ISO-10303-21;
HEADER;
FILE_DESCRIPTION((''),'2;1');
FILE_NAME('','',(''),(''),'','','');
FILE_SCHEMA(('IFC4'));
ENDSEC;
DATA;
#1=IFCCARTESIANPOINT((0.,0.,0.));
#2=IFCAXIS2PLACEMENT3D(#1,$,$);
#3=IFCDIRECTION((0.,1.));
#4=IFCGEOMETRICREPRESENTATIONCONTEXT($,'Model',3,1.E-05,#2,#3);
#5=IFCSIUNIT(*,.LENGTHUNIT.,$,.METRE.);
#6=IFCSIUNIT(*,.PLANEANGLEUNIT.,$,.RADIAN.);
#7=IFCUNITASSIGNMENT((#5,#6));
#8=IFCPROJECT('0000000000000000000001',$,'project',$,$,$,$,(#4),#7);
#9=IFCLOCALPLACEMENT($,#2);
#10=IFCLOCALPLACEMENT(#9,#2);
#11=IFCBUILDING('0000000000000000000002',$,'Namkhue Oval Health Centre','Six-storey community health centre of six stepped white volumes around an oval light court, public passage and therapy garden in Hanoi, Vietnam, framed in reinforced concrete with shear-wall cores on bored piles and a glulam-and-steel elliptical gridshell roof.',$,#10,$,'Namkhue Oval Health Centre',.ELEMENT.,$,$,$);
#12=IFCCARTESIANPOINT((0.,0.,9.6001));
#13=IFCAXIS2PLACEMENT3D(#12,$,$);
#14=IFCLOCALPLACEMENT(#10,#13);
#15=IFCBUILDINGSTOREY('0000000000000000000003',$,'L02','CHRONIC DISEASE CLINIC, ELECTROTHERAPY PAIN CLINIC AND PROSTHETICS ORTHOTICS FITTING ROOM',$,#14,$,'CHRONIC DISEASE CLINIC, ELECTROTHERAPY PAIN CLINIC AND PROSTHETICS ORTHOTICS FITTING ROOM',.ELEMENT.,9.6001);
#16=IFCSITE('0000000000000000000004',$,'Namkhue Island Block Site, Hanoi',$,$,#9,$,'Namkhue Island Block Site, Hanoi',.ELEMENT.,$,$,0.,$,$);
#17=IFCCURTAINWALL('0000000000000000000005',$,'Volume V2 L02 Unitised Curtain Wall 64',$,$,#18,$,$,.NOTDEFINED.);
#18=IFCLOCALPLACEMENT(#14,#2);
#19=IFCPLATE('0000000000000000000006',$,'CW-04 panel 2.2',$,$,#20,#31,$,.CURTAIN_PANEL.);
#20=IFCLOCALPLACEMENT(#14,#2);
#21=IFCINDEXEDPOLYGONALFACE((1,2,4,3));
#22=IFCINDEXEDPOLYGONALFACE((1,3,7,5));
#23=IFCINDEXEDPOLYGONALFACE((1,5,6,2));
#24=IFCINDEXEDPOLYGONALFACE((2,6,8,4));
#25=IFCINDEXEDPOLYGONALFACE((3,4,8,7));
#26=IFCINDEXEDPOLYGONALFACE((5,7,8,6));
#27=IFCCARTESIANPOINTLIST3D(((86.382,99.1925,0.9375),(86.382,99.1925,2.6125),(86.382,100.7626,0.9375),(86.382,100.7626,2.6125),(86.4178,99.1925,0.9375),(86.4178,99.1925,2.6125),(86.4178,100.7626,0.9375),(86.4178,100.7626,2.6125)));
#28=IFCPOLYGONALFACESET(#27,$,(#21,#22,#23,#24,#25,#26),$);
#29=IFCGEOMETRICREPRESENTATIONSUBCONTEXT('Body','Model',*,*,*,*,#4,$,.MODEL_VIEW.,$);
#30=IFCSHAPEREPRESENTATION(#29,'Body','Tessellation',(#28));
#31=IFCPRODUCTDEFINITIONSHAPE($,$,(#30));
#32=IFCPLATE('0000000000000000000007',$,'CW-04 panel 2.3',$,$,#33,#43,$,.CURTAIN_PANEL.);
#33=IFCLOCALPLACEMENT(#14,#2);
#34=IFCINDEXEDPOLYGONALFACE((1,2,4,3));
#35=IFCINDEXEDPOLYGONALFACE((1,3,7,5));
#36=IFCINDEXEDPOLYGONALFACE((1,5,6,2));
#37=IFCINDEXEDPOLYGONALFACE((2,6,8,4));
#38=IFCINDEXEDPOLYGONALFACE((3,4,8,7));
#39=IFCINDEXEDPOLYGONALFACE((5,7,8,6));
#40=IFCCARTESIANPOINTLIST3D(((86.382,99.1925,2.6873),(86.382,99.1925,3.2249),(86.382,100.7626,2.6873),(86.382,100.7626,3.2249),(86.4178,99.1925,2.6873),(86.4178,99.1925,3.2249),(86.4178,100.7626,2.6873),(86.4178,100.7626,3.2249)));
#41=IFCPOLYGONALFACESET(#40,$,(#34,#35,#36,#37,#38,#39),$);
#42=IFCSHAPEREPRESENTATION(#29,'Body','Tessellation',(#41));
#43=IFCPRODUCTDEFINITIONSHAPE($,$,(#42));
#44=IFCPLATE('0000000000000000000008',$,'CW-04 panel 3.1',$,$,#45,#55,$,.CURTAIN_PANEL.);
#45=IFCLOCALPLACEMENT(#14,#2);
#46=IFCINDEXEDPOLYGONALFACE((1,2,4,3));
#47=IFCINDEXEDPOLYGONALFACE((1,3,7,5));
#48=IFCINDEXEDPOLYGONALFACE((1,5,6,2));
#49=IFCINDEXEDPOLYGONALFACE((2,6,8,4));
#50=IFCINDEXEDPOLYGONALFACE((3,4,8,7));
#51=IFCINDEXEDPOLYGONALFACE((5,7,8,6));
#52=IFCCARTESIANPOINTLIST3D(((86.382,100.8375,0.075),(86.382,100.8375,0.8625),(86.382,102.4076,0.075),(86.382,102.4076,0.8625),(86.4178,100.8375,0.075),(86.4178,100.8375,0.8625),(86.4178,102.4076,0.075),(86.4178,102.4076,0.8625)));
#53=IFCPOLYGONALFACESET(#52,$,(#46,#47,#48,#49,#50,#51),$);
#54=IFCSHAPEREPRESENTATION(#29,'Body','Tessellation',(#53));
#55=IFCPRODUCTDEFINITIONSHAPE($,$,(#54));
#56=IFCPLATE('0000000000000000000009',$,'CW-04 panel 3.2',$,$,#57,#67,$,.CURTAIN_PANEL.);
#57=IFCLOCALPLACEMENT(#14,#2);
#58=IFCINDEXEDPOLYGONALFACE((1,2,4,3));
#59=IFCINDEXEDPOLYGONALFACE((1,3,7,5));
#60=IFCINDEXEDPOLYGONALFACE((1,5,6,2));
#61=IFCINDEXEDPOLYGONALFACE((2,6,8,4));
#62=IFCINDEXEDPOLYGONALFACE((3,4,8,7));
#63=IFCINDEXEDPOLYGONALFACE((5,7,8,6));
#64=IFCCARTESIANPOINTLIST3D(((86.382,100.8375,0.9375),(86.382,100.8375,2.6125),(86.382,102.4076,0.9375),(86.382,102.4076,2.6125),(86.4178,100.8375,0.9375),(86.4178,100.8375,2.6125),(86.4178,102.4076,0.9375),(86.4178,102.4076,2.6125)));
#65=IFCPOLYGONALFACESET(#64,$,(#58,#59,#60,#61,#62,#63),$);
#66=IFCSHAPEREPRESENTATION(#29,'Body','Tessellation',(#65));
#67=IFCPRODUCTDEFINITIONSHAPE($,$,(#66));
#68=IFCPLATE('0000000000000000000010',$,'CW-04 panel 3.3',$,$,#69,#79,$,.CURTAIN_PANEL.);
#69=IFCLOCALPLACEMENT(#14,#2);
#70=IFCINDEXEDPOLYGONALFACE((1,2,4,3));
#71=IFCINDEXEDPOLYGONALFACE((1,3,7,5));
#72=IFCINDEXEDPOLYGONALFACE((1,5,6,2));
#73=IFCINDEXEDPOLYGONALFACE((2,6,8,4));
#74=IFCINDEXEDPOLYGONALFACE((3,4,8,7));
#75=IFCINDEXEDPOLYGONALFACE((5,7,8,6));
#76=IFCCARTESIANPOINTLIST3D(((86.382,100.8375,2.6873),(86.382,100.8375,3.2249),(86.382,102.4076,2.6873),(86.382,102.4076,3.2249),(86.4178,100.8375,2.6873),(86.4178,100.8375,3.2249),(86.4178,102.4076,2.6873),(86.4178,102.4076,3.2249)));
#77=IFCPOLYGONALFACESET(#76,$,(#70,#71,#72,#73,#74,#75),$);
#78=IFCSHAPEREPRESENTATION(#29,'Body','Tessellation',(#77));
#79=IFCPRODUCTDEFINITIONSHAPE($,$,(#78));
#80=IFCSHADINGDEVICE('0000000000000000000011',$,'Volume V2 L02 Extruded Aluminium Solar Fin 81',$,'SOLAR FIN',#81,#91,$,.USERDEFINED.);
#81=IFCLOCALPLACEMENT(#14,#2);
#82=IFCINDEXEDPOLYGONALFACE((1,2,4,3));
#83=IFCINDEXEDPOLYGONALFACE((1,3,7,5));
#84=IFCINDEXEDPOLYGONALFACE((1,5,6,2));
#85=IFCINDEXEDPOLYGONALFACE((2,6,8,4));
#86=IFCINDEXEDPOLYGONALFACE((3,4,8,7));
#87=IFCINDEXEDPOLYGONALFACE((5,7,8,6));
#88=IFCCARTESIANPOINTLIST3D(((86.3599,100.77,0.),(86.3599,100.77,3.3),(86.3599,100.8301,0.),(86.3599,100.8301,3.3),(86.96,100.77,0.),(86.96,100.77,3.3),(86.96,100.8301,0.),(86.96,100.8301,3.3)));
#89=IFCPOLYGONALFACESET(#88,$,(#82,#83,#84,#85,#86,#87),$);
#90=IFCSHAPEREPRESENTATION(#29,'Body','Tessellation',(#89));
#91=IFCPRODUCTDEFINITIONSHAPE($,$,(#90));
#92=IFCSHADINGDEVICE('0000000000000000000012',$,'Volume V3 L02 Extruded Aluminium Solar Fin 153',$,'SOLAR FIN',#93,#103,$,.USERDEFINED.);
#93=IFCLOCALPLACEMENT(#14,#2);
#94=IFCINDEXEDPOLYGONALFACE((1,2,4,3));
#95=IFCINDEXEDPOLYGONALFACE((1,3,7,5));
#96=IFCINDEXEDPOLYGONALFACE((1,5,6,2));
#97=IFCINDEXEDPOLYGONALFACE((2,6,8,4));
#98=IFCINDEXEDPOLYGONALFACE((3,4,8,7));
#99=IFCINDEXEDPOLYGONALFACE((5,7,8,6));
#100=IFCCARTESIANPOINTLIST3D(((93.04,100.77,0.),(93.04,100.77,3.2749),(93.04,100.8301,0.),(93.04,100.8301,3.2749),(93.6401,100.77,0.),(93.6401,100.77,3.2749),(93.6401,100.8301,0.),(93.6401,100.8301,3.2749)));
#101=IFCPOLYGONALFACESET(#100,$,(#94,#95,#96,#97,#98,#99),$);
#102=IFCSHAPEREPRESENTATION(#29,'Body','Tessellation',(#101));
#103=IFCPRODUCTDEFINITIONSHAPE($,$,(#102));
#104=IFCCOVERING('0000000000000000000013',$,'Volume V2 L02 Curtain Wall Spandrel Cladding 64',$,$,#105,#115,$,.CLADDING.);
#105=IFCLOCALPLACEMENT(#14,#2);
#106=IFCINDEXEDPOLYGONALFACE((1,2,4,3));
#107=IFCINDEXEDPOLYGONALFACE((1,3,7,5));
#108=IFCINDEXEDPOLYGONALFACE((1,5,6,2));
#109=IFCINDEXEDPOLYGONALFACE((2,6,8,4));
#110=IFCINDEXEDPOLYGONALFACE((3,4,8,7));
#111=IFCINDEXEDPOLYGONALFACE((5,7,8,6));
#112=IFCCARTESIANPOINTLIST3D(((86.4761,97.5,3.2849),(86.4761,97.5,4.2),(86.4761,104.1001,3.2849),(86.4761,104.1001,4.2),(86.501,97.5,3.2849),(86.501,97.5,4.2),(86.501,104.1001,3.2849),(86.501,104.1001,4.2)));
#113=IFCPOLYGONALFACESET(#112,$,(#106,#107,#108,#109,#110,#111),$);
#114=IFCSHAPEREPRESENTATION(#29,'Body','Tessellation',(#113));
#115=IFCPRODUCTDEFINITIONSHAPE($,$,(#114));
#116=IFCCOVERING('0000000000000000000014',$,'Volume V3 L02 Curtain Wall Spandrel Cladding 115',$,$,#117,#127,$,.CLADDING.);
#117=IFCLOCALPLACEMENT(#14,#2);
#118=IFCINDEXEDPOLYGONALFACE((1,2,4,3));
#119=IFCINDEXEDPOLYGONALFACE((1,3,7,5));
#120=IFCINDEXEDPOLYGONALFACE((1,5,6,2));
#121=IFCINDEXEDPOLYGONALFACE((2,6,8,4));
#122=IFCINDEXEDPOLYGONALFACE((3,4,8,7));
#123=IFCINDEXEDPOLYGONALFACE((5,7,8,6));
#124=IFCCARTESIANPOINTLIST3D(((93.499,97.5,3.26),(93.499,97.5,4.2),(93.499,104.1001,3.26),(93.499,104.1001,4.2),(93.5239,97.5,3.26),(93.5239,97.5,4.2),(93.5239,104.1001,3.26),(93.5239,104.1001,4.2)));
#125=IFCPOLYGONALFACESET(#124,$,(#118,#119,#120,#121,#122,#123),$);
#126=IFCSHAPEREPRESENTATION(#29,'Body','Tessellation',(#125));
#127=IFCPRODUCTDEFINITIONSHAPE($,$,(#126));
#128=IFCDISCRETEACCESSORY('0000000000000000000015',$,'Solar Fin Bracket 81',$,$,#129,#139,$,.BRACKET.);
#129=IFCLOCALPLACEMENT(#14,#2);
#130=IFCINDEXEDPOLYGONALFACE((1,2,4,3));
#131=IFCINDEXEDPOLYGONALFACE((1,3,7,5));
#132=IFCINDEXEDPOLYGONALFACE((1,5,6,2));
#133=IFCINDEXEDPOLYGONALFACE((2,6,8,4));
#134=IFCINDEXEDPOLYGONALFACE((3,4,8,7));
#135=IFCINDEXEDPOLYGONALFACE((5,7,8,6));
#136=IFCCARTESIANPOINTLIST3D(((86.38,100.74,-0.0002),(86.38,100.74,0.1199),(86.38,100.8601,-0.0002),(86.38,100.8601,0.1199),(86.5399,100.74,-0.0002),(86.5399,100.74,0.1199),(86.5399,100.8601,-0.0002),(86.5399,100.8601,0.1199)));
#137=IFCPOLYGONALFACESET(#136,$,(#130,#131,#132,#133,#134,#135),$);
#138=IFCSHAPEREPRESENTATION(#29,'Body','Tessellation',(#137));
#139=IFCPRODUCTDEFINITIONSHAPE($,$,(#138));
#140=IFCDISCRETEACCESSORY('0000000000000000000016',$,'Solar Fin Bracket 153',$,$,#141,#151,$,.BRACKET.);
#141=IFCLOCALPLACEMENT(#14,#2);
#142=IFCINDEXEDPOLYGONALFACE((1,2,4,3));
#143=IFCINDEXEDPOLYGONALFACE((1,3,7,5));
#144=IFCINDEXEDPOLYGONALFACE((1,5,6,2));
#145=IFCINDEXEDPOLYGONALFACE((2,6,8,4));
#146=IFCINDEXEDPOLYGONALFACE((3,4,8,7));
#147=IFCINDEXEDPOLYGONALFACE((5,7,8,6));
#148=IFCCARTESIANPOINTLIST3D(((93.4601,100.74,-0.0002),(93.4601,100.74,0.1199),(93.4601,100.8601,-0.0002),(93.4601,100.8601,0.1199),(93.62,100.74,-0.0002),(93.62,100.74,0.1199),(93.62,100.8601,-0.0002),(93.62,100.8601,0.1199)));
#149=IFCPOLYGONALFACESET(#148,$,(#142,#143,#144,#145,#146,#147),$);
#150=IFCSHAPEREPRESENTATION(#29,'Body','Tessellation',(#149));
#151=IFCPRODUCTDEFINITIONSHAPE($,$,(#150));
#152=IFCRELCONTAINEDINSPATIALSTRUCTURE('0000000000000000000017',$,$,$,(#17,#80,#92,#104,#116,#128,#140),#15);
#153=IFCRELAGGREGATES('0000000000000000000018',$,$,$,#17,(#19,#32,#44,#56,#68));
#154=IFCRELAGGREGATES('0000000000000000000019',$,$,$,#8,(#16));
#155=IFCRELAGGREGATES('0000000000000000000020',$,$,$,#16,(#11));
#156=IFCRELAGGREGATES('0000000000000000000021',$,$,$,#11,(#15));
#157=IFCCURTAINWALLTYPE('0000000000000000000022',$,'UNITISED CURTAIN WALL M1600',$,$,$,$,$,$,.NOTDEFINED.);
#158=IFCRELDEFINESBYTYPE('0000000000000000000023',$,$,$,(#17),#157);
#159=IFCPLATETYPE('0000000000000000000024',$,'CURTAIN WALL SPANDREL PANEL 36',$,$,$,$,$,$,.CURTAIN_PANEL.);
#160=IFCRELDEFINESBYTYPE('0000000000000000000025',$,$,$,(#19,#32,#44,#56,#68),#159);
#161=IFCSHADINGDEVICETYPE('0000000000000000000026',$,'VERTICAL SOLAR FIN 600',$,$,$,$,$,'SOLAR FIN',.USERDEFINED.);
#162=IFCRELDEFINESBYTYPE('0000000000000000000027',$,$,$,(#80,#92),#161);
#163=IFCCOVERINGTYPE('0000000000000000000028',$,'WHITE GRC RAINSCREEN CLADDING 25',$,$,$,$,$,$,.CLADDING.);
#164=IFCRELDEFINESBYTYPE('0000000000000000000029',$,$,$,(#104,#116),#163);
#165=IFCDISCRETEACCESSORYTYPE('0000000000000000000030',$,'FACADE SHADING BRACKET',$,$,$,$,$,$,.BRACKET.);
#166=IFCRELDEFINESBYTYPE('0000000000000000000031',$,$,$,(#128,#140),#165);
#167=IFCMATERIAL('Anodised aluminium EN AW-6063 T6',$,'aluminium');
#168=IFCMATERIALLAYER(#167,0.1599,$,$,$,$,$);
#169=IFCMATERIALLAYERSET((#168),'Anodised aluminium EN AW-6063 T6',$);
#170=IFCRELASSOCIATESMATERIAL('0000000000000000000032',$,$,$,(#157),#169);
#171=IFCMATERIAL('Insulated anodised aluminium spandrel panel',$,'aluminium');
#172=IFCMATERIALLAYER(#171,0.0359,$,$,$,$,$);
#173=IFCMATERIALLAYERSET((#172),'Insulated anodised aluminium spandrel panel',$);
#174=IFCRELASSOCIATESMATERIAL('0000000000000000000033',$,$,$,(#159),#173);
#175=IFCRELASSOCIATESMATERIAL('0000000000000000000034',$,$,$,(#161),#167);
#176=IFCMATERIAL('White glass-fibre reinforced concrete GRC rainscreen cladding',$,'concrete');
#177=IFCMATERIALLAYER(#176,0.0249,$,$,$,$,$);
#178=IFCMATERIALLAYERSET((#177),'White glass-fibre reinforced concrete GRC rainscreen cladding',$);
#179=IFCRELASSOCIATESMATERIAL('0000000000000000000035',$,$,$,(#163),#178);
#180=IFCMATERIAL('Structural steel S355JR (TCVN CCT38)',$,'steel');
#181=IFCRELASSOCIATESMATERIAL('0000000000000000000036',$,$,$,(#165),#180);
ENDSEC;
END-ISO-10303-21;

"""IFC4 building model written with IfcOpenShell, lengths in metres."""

from ifc_helpers import new_model, si_unit, direction, frame, origin, origin_2d, place, context, subcontext, project, spatial, rectangle, extrude, material, layer, layer_set, type_object, element, aggregate, save


model = new_model("IFC4")

# Units and contexts
model_context = context("Model", 3, precision=1e-05, world=origin(), true_north=direction((0.0, 1.0)))
body_context = subcontext(model_context, "Body", "Model", "MODEL_VIEW")
ifc_project = project(units=[si_unit("LENGTHUNIT", "METRE"), si_unit("PLANEANGLEUNIT", "RADIAN")], contexts=[model_context])

# Site, building, storey
site_placement = place(None, origin())
site = spatial("IfcSite", under=ifc_project, at=site_placement, Name="Namkhue Island Block Site, Hanoi", LongName="Namkhue Island Block Site, Hanoi", CompositionType="ELEMENT", RefElevation=0.0)
building_placement = place(site_placement, origin())
building = spatial("IfcBuilding", under=site, at=building_placement, Name="Namkhue Oval Health Centre", Description="Six-storey community health centre of six stepped white volumes around an oval light court, public passage and therapy garden in Hanoi, Vietnam, framed in reinforced concrete with shear-wall cores on bored piles and a glulam-and-steel elliptical gridshell roof.", LongName="Namkhue Oval Health Centre", CompositionType="ELEMENT")
storey_placement = place(building_placement, frame((0.0, 0.0, 9.6001)))
storey = spatial("IfcBuildingStorey", under=building, at=storey_placement, Name="L02", Description="CHRONIC DISEASE CLINIC, ELECTROTHERAPY PAIN CLINIC AND PROSTHETICS ORTHOTICS FITTING ROOM", LongName="CHRONIC DISEASE CLINIC, ELECTROTHERAPY PAIN CLINIC AND PROSTHETICS ORTHOTICS FITTING ROOM", CompositionType="ELEMENT", Elevation=9.6001)

# Curtain wall
ifc_material_1 = material(Name="Anodised aluminium EN AW-6063 T6", Category="aluminium")
ifc_layer_1 = layer(ifc_material_1, 0.1599)
ifc_layer_set_1 = layer_set([ifc_layer_1], Name="Anodised aluminium EN AW-6063 T6")
curtain_wall_type = type_object("IfcCurtainWallType", Name="UNITISED CURTAIN WALL M1600", PredefinedType="NOTDEFINED", material=ifc_layer_set_1)
curtain_wall_placement = place(storey_placement, origin())
curtain_wall = element("IfcCurtainWall", 1, at=curtain_wall_placement, inside=storey, type_object=curtain_wall_type, Name="Volume V2 L02 Unitised Curtain Wall 64", PredefinedType="NOTDEFINED")

# Plates
ifc_material_2 = material(Name="Insulated anodised aluminium spandrel panel", Category="aluminium")
ifc_layer_2 = layer(ifc_material_2, 0.0359)
ifc_layer_set_2 = layer_set([ifc_layer_2], Name="Insulated anodised aluminium spandrel panel")
plate_type = type_object("IfcPlateType", Name="CURTAIN WALL SPANDREL PANEL 36", PredefinedType="CURTAIN_PANEL", material=ifc_layer_set_2)
plate_1_placement = place(storey_placement, frame((86.3999, 99.9775, 0.9375), z_axis=(0.0, 0.0, 1.0), x_axis=(0.0, 1.0, 0.0)))
plate_1 = element("IfcPlate", 2, at=plate_1_placement, type_object=plate_type, Name="CW-04 panel 2.2", PredefinedType="CURTAIN_PANEL", context=body_context, shape_type="SweptSolid", body=[
    extrude(rectangle(XDim=1.5701, YDim=0.0359, at=origin_2d()), origin(), (0.0, 0.0, 1.0), 1.675),
])
plate_2_placement = place(storey_placement, frame((86.3999, 99.9775, 2.6873), z_axis=(0.0, 0.0, 1.0), x_axis=(0.0, 1.0, 0.0)))
plate_2 = element("IfcPlate", 3, at=plate_2_placement, type_object=plate_type, Name="CW-04 panel 2.3", PredefinedType="CURTAIN_PANEL", context=body_context, shape_type="SweptSolid", body=[
    extrude(rectangle(XDim=1.5701, YDim=0.0359, at=origin_2d()), origin(), (0.0, 0.0, 1.0), 0.5376),
])
plate_3_placement = place(storey_placement, frame((86.3999, 101.6226, 0.075), z_axis=(0.0, 0.0, 1.0), x_axis=(0.0, 1.0, 0.0)))
plate_3 = element("IfcPlate", 4, at=plate_3_placement, type_object=plate_type, Name="CW-04 panel 3.1", PredefinedType="CURTAIN_PANEL", context=body_context, shape_type="SweptSolid", body=[
    extrude(rectangle(XDim=1.5701, YDim=0.0359, at=origin_2d()), origin(), (0.0, 0.0, 1.0), 0.7876),
])
plate_4_placement = place(storey_placement, frame((86.3999, 101.6226, 0.9375), z_axis=(0.0, 0.0, 1.0), x_axis=(0.0, 1.0, 0.0)))
plate_4 = element("IfcPlate", 5, at=plate_4_placement, type_object=plate_type, Name="CW-04 panel 3.2", PredefinedType="CURTAIN_PANEL", context=body_context, shape_type="SweptSolid", body=[
    extrude(rectangle(XDim=1.5701, YDim=0.0359, at=origin_2d()), origin(), (0.0, 0.0, 1.0), 1.675),
])
plate_5_placement = place(storey_placement, frame((86.3999, 101.6226, 2.6873), z_axis=(0.0, 0.0, 1.0), x_axis=(0.0, 1.0, 0.0)))
plate_5 = element("IfcPlate", 6, at=plate_5_placement, type_object=plate_type, Name="CW-04 panel 3.3", PredefinedType="CURTAIN_PANEL", context=body_context, shape_type="SweptSolid", body=[
    extrude(rectangle(XDim=1.5701, YDim=0.0359, at=origin_2d()), origin(), (0.0, 0.0, 1.0), 0.5376),
])
aggregate(curtain_wall, [plate_1, plate_2, plate_3, plate_4, plate_5])

# Shading devices
shading_device_type = type_object("IfcShadingDeviceType", Name="VERTICAL SOLAR FIN 600", ElementType="SOLAR FIN", PredefinedType="USERDEFINED", material=ifc_material_1)
shading_device_1_placement = place(storey_placement, frame((86.6599, 100.8, 0.0), z_axis=(0.0, 0.0, 1.0), x_axis=(1.0, 0.0, 0.0)))
element("IfcShadingDevice", 7, at=shading_device_1_placement, inside=storey, type_object=shading_device_type, Name="Volume V2 L02 Extruded Aluminium Solar Fin 81", ObjectType="SOLAR FIN", PredefinedType="USERDEFINED", context=body_context, shape_type="SweptSolid", body=[
    extrude(rectangle(XDim=0.6001, YDim=0.0601, at=origin_2d()), origin(), (0.0, 0.0, 1.0), 3.3),
])
shading_device_2_placement = place(storey_placement, frame((93.3401, 100.8, 0.0), z_axis=(0.0, 0.0, 1.0), x_axis=(-1.0, 0.0, 0.0)))
element("IfcShadingDevice", 8, at=shading_device_2_placement, inside=storey, type_object=shading_device_type, Name="Volume V3 L02 Extruded Aluminium Solar Fin 153", ObjectType="SOLAR FIN", PredefinedType="USERDEFINED", context=body_context, shape_type="SweptSolid", body=[
    extrude(rectangle(XDim=0.6001, YDim=0.0601, at=origin_2d()), origin(), (0.0, 0.0, 1.0), 3.2749),
])

# Coverings
ifc_material_3 = material(Name="White glass-fibre reinforced concrete GRC rainscreen cladding", Category="concrete")
ifc_layer_3 = layer(ifc_material_3, 0.0249)
ifc_layer_set_3 = layer_set([ifc_layer_3], Name="White glass-fibre reinforced concrete GRC rainscreen cladding")
covering_type = type_object("IfcCoveringType", Name="WHITE GRC RAINSCREEN CLADDING 25", PredefinedType="CLADDING", material=ifc_layer_set_3)
covering_1_placement = place(storey_placement, frame((86.4885, 100.8, 3.2849), z_axis=(0.0, 0.0, 1.0), x_axis=(0.0, 1.0, 0.0)))
element("IfcCovering", 9, at=covering_1_placement, inside=storey, type_object=covering_type, Name="Volume V2 L02 Curtain Wall Spandrel Cladding 64", PredefinedType="CLADDING", context=body_context, shape_type="SweptSolid", body=[
    extrude(rectangle(XDim=6.6001, YDim=0.0249, at=origin_2d()), origin(), (0.0, 0.0, 1.0), 0.915),
])
covering_2_placement = place(storey_placement, frame((93.5115, 100.8, 3.26), z_axis=(0.0, 0.0, 1.0), x_axis=(0.0, -1.0, 0.0)))
element("IfcCovering", 10, at=covering_2_placement, inside=storey, type_object=covering_type, Name="Volume V3 L02 Curtain Wall Spandrel Cladding 115", PredefinedType="CLADDING", context=body_context, shape_type="SweptSolid", body=[
    extrude(rectangle(XDim=6.6001, YDim=0.0249, at=origin_2d()), origin(), (0.0, 0.0, 1.0), 0.9399),
])

# Discrete accessories
ifc_material_4 = material(Name="Structural steel S355JR (TCVN CCT38)", Category="steel")
discrete_accessory_type = type_object("IfcDiscreteAccessoryType", Name="FACADE SHADING BRACKET", PredefinedType="BRACKET", material=ifc_material_4)
for number, where, z_axis, x_axis, name in (
    (11, (86.46, 100.8, -0.0002), (0.0, 0.0, 1.0), (1.0, 0.0, 0.0), "Solar Fin Bracket 81"),
    (12, (93.54, 100.8, -0.0002), (0.0, 0.0, 1.0), (-1.0, 0.0, 0.0), "Solar Fin Bracket 153"),
):
    element("IfcDiscreteAccessory", number, at=place(storey_placement, frame(where, z_axis=z_axis, x_axis=x_axis)), inside=storey, type_object=discrete_accessory_type, Name=name, PredefinedType="BRACKET", context=body_context, shape_type="SweptSolid", body=[
        extrude(rectangle(XDim=0.1599, YDim=0.1201, at=origin_2d()), origin(), (0.0, 0.0, 1.0), 0.1201),
    ])

save(model, "model.ifc")
